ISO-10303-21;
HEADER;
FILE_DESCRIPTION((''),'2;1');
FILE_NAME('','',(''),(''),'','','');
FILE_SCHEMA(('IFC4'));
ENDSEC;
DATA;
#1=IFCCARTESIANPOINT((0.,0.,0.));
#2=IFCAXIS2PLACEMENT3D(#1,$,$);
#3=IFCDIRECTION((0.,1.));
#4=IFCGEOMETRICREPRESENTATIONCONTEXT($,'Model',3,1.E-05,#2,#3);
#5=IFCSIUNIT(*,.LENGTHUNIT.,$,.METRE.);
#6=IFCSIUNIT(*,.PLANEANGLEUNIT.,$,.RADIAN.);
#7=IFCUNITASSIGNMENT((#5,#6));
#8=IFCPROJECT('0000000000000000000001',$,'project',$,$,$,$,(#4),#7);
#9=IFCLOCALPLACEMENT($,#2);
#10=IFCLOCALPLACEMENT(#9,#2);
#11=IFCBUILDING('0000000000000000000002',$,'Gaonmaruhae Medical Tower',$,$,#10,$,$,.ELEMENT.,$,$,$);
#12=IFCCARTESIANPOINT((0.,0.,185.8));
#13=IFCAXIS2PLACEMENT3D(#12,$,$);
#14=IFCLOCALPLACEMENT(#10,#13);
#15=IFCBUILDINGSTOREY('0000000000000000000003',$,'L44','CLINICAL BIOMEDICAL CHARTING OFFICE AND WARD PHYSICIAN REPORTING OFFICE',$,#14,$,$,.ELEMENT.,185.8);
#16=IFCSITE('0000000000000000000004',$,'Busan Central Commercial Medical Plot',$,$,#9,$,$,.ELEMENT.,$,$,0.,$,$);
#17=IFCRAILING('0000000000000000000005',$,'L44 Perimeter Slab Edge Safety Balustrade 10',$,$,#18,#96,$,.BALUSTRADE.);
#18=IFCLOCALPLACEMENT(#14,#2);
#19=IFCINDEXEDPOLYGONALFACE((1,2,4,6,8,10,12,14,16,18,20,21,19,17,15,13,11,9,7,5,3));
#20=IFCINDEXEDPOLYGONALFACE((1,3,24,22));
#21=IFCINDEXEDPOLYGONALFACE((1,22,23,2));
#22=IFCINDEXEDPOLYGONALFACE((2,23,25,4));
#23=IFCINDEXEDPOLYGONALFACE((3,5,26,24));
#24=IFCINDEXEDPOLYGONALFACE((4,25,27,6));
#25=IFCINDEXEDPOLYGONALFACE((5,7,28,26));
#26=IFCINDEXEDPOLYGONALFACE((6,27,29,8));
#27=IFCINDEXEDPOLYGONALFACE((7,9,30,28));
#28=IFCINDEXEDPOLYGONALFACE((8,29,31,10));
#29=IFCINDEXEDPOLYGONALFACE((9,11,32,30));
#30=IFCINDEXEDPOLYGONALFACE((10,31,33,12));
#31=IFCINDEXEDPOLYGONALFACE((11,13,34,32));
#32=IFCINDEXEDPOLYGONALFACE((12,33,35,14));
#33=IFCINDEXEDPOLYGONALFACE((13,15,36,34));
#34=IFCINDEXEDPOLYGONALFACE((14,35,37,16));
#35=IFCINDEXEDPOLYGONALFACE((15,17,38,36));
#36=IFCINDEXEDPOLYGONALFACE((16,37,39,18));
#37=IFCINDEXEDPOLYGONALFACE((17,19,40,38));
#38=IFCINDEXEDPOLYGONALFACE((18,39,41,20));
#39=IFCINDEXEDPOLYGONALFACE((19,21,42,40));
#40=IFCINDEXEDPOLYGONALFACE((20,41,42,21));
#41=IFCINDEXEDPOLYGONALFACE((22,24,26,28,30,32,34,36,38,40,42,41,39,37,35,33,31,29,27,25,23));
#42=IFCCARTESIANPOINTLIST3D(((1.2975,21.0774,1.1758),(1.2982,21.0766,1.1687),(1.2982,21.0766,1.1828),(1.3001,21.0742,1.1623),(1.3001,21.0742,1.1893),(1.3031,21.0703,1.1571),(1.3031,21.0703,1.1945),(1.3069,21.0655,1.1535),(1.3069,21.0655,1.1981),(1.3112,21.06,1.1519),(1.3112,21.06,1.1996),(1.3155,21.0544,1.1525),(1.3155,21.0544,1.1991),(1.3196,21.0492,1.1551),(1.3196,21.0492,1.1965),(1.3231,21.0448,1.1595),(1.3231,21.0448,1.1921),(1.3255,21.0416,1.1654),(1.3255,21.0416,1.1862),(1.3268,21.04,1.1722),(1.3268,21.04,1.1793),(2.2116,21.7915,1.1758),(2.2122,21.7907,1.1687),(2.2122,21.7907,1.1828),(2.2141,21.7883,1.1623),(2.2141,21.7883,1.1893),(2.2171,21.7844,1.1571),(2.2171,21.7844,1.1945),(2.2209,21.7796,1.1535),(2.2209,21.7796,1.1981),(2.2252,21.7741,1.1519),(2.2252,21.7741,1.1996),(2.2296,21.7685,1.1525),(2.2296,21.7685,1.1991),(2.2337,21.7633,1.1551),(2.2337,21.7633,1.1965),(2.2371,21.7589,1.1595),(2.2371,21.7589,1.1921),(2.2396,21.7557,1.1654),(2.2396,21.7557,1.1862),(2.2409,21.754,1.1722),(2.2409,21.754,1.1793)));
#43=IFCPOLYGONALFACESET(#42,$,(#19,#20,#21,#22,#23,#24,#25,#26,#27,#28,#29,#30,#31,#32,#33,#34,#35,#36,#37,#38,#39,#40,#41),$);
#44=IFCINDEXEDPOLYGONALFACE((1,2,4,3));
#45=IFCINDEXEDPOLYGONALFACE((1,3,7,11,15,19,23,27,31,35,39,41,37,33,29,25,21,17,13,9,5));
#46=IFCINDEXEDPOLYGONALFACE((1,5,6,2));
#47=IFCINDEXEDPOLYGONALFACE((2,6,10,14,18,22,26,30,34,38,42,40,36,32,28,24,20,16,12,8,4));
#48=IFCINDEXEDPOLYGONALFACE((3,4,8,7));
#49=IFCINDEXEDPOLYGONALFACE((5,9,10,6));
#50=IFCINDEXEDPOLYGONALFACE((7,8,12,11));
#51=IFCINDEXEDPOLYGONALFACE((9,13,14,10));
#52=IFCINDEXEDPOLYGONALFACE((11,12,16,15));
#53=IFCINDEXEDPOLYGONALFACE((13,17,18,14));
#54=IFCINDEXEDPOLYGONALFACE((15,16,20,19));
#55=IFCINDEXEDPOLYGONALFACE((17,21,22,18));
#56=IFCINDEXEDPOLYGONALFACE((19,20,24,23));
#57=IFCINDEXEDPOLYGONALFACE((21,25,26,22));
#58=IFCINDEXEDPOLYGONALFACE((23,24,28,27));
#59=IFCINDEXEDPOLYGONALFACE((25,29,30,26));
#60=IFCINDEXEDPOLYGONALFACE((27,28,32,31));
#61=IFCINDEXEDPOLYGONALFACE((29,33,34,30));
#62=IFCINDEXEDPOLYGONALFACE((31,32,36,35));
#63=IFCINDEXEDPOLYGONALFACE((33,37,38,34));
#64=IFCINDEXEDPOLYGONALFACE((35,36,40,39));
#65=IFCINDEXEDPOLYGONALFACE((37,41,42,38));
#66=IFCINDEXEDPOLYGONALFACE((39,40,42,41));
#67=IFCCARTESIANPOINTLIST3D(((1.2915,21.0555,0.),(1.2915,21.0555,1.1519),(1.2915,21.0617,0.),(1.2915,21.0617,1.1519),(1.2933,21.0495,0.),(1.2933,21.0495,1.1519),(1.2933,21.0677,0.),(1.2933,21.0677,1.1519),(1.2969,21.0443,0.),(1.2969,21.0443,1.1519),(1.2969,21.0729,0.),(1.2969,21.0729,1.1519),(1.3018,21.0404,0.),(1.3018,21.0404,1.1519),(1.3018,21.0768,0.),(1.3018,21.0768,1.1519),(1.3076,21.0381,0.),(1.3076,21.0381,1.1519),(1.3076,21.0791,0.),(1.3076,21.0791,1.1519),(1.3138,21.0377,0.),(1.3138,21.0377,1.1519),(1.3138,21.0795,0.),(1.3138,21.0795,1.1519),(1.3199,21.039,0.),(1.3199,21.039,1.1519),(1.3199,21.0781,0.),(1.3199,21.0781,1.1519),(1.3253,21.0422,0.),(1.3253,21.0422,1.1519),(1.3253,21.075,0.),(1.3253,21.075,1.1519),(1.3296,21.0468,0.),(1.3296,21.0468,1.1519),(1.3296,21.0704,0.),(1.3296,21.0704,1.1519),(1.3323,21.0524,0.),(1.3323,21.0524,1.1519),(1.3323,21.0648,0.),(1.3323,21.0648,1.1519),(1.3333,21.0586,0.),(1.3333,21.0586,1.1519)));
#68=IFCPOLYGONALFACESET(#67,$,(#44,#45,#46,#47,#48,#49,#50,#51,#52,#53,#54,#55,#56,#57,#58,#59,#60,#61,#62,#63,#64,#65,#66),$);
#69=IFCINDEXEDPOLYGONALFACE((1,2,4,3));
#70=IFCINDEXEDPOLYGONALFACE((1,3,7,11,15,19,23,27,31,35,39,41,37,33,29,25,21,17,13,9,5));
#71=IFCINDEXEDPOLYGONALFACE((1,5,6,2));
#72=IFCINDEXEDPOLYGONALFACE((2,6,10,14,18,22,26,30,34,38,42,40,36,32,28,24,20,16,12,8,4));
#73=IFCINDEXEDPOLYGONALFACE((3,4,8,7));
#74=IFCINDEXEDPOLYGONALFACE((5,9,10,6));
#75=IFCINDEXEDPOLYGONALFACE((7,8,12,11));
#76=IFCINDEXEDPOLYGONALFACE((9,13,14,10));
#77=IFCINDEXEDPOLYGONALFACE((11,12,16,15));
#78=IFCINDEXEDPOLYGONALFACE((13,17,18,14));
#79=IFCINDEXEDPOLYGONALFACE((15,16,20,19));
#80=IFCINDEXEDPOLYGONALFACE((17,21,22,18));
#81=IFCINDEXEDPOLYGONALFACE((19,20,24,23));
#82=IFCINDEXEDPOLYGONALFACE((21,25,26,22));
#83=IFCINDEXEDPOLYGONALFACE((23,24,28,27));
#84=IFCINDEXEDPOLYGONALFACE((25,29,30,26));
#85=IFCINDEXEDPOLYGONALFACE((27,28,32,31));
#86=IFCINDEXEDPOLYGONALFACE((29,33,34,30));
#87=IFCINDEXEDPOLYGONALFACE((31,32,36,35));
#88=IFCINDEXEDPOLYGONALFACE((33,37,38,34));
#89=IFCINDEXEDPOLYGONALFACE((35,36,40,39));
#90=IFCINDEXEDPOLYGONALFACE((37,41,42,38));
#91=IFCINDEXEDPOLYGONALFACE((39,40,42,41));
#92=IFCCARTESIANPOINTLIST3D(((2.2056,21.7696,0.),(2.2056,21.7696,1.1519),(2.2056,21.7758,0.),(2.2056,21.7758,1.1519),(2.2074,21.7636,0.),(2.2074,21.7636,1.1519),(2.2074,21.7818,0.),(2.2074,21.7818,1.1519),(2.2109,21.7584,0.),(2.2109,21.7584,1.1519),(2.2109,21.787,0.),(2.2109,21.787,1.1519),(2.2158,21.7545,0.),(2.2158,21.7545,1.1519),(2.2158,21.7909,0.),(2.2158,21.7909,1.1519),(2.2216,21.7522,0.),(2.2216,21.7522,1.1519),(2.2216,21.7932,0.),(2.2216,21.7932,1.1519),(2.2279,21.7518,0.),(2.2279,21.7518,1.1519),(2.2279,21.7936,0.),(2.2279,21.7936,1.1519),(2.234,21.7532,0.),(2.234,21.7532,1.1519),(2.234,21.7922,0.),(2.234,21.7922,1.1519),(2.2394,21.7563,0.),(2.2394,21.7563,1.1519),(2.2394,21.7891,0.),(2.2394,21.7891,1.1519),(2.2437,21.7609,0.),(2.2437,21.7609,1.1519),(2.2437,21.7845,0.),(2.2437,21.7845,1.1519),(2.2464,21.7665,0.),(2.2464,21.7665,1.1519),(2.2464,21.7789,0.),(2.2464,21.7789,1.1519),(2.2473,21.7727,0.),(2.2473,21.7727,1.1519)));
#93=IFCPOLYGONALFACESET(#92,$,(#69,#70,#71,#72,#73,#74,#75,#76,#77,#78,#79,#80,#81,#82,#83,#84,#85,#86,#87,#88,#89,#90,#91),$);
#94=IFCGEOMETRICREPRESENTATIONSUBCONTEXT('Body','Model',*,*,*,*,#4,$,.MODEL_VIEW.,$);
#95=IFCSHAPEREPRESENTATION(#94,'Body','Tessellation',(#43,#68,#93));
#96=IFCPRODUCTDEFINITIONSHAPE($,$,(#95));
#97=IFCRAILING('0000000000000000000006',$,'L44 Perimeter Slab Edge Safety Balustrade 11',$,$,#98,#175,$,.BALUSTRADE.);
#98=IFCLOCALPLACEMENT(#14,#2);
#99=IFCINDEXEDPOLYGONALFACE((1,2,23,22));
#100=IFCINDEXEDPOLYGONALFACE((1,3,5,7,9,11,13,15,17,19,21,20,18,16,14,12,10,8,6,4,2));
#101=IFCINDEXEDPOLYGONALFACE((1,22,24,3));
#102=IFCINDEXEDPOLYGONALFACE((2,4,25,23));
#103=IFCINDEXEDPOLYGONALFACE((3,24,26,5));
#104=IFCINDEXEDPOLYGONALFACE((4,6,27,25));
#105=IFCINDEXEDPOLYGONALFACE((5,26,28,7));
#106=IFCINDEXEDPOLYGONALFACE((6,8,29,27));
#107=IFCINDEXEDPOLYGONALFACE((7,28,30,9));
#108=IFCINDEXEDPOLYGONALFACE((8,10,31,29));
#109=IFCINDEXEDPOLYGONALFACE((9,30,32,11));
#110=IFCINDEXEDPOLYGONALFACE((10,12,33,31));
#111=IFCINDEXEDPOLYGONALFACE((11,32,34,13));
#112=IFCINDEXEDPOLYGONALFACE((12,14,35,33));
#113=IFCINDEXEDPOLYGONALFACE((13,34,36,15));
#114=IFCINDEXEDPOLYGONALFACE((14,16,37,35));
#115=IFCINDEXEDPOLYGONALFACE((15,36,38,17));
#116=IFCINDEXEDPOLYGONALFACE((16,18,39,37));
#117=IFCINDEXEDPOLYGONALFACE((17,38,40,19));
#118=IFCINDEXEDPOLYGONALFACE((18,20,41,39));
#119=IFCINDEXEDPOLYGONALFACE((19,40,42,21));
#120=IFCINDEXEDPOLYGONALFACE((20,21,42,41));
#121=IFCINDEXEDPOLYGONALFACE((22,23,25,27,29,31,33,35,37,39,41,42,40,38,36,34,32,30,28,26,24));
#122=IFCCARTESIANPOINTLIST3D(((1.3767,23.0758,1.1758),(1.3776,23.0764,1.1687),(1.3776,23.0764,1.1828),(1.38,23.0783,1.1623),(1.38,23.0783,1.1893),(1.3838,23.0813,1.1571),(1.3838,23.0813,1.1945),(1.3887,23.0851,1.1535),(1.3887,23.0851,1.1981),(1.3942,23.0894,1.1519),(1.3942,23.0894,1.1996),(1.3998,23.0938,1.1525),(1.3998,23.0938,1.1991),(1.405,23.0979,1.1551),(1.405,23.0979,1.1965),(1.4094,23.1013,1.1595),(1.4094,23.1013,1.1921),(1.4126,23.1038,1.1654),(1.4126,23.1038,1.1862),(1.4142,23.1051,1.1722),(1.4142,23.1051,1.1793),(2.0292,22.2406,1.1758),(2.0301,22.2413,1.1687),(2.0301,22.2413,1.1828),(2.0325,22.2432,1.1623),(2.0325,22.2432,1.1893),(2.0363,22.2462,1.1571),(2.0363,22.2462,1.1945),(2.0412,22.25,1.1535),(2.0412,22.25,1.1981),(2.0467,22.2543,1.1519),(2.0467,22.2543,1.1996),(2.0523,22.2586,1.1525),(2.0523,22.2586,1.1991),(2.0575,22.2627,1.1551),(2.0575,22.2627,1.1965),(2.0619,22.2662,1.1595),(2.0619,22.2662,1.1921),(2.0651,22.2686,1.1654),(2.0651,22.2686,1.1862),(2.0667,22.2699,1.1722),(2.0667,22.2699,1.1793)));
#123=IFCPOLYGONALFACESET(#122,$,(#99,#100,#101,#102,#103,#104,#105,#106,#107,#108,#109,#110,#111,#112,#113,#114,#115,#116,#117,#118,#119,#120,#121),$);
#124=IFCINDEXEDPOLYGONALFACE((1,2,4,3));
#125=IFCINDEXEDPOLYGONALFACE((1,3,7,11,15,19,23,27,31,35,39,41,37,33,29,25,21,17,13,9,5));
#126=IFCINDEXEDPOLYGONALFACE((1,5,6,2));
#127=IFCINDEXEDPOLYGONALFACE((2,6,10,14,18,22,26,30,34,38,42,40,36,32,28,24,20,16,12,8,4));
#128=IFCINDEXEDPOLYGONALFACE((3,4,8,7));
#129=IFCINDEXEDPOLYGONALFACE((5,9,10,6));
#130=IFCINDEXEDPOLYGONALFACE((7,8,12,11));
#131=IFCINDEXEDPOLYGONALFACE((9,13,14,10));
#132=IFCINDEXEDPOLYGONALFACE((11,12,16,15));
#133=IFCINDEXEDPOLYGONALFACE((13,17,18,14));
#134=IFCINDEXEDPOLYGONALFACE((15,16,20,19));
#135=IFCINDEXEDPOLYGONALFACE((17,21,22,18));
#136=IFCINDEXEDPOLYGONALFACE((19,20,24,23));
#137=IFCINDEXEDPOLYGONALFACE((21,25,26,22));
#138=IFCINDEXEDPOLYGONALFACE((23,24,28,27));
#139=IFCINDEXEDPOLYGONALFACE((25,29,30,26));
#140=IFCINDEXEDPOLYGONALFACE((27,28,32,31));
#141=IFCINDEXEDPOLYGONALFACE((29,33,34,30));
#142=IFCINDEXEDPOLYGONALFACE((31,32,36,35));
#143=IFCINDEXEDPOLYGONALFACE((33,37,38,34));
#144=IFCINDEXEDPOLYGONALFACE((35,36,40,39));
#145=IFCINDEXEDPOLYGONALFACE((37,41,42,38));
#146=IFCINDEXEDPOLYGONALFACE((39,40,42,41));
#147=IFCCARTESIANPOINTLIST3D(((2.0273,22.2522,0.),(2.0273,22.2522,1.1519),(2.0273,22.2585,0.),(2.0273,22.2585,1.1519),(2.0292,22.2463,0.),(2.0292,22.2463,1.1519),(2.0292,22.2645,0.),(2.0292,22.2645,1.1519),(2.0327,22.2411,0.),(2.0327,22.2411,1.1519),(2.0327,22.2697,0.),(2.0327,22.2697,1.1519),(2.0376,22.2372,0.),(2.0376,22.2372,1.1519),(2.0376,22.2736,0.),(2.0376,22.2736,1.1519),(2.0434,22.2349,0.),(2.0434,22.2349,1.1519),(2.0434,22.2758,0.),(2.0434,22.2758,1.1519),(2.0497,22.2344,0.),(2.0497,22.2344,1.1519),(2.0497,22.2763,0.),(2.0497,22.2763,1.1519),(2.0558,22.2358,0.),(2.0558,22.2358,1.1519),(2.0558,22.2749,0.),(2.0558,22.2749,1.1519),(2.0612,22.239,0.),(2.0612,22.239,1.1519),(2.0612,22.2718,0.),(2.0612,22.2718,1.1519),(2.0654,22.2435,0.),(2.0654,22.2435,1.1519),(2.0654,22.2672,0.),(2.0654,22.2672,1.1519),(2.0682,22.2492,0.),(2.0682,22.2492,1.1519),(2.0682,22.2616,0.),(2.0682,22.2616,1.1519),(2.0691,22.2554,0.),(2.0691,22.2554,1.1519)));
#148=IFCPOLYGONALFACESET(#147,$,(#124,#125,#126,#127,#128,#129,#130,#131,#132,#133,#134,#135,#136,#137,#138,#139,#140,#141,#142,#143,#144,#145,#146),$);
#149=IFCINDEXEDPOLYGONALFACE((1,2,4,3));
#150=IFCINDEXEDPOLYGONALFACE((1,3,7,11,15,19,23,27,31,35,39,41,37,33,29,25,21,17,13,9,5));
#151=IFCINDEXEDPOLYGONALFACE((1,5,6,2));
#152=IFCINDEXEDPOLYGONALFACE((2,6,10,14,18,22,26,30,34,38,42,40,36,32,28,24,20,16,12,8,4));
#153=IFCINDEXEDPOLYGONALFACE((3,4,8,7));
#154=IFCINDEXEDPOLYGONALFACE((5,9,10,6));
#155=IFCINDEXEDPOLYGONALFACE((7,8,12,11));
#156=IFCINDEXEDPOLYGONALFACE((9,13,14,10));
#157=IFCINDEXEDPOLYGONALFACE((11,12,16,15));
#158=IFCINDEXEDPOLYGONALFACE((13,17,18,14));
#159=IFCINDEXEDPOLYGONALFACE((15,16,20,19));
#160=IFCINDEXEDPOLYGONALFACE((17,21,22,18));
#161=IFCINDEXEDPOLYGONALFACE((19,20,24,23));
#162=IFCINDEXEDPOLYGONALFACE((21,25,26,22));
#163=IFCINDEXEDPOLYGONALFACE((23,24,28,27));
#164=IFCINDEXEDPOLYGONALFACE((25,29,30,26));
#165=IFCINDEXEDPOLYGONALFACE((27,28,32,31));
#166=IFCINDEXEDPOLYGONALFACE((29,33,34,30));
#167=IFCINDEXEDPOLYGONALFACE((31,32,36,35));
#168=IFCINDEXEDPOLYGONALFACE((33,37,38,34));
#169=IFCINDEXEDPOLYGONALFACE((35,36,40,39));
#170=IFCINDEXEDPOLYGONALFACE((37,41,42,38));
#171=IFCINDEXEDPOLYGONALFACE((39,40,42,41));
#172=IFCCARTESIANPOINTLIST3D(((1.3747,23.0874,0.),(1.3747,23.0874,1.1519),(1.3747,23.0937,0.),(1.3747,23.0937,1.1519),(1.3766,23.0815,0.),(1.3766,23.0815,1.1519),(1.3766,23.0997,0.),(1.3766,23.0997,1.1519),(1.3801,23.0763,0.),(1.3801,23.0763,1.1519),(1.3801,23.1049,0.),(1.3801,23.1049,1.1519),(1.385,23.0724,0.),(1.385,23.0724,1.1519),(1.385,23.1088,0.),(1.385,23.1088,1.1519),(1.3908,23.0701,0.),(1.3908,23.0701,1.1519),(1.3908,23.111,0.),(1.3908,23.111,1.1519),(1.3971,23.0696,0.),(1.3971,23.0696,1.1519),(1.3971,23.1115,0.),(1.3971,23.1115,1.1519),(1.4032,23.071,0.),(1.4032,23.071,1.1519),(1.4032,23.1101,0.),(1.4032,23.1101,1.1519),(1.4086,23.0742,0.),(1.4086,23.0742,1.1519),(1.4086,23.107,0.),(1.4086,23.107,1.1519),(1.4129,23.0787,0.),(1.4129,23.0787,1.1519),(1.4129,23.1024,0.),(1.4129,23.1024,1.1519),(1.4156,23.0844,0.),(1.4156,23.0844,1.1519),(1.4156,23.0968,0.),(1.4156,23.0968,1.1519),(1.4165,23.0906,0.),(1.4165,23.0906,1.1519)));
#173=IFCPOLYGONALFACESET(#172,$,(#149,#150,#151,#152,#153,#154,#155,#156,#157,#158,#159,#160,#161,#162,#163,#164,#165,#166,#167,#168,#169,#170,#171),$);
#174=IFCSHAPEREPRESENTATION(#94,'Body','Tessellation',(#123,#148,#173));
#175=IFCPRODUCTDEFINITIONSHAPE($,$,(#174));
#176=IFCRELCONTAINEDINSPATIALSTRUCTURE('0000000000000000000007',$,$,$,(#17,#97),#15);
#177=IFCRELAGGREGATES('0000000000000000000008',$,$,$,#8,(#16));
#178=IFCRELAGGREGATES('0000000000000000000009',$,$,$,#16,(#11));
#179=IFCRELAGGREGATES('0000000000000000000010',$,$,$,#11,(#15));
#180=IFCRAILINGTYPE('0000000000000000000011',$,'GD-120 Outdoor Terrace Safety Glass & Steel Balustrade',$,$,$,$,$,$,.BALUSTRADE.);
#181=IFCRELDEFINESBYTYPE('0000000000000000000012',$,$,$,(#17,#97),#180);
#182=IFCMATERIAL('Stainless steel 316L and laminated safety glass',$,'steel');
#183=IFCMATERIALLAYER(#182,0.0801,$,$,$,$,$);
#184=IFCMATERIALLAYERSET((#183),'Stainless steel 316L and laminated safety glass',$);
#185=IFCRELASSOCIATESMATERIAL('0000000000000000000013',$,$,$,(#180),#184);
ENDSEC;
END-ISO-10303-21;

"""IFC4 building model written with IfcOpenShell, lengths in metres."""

from ifc_helpers import new_model, si_unit, direction, frame, origin, origin_2d, place, context, subcontext, project, spatial, circle, extrude, material, layer, layer_set, type_object, element, save


model = new_model("IFC4")

# Units and contexts
model_context = context("Model", 3, precision=1e-05, world=origin(), true_north=direction((0.0, 1.0)))
body_context = subcontext(model_context, "Body", "Model", "MODEL_VIEW")
ifc_project = project(units=[si_unit("LENGTHUNIT", "METRE"), si_unit("PLANEANGLEUNIT", "RADIAN")], contexts=[model_context])

# Site, building, storey
site_placement = place(None, origin())
site = spatial("IfcSite", under=ifc_project, at=site_placement, Name="Busan Central Commercial Medical Plot", CompositionType="ELEMENT", RefElevation=0.0)
building_placement = place(site_placement, origin())
building = spatial("IfcBuilding", under=site, at=building_placement, Name="Gaonmaruhae Medical Tower", CompositionType="ELEMENT")
storey_placement = place(building_placement, frame((0.0, 0.0, 185.8)))
storey = spatial("IfcBuildingStorey", under=building, at=storey_placement, Name="L44", Description="CLINICAL BIOMEDICAL CHARTING OFFICE AND WARD PHYSICIAN REPORTING OFFICE", CompositionType="ELEMENT", Elevation=185.8)

# Railings
ifc_material_1 = material(Name="Stainless steel 316L and laminated safety glass", Category="steel")
ifc_layer_1 = layer(ifc_material_1, 0.0801)
ifc_layer_set_1 = layer_set([ifc_layer_1], Name="Stainless steel 316L and laminated safety glass")
railing_type = type_object("IfcRailingType", Name="GD-120 Outdoor Terrace Safety Glass & Steel Balustrade", PredefinedType="BALUSTRADE", material=ifc_layer_set_1)
railing_1_placement = place(storey_placement, frame((1.3123, 21.0586, 0.0)))
element("IfcRailing", 1, at=railing_1_placement, inside=storey, type_object=railing_type, Name="L44 Perimeter Slab Edge Safety Balustrade 10", PredefinedType="BALUSTRADE", context=body_context, shape_type="SweptSolid", body=[
    extrude(circle(Radius=0.0239, at=origin_2d()), frame((0.0, 0.0, 1.1758), z_axis=(0.788024, 0.615644, 0.0), x_axis=(-0.615644, 0.788024, 0.0)), (0.0, 0.0, 1.0), 1.1599),
    extrude(circle(Radius=0.021, at=origin_2d()), origin(), (0.0, 0.0, 1.0), 1.1519),
    extrude(circle(Radius=0.021, at=origin_2d()), frame((0.9141, 0.7141, 0.0)), (0.0, 0.0, 1.0), 1.1519),
])
railing_2_placement = place(storey_placement, frame((2.0481, 22.2554, 0.0)))
element("IfcRailing", 2, at=railing_2_placement, inside=storey, type_object=railing_type, Name="L44 Perimeter Slab Edge Safety Balustrade 11", PredefinedType="BALUSTRADE", context=body_context, shape_type="SweptSolid", body=[
    extrude(circle(Radius=0.0239, at=origin_2d()), frame((0.0, 0.0, 1.1758), z_axis=(-0.615693, 0.787986, 0.0), x_axis=(-0.787986, -0.615693, 0.0)), (0.0, 0.0, 1.0), 1.0598),
    extrude(circle(Radius=0.021, at=origin_2d()), origin(), (0.0, 0.0, 1.0), 1.1519),
    extrude(circle(Radius=0.021, at=origin_2d()), frame((-0.6526, 0.8352, 0.0)), (0.0, 0.0, 1.0), 1.1519),
])

save(model, "model.ifc")
